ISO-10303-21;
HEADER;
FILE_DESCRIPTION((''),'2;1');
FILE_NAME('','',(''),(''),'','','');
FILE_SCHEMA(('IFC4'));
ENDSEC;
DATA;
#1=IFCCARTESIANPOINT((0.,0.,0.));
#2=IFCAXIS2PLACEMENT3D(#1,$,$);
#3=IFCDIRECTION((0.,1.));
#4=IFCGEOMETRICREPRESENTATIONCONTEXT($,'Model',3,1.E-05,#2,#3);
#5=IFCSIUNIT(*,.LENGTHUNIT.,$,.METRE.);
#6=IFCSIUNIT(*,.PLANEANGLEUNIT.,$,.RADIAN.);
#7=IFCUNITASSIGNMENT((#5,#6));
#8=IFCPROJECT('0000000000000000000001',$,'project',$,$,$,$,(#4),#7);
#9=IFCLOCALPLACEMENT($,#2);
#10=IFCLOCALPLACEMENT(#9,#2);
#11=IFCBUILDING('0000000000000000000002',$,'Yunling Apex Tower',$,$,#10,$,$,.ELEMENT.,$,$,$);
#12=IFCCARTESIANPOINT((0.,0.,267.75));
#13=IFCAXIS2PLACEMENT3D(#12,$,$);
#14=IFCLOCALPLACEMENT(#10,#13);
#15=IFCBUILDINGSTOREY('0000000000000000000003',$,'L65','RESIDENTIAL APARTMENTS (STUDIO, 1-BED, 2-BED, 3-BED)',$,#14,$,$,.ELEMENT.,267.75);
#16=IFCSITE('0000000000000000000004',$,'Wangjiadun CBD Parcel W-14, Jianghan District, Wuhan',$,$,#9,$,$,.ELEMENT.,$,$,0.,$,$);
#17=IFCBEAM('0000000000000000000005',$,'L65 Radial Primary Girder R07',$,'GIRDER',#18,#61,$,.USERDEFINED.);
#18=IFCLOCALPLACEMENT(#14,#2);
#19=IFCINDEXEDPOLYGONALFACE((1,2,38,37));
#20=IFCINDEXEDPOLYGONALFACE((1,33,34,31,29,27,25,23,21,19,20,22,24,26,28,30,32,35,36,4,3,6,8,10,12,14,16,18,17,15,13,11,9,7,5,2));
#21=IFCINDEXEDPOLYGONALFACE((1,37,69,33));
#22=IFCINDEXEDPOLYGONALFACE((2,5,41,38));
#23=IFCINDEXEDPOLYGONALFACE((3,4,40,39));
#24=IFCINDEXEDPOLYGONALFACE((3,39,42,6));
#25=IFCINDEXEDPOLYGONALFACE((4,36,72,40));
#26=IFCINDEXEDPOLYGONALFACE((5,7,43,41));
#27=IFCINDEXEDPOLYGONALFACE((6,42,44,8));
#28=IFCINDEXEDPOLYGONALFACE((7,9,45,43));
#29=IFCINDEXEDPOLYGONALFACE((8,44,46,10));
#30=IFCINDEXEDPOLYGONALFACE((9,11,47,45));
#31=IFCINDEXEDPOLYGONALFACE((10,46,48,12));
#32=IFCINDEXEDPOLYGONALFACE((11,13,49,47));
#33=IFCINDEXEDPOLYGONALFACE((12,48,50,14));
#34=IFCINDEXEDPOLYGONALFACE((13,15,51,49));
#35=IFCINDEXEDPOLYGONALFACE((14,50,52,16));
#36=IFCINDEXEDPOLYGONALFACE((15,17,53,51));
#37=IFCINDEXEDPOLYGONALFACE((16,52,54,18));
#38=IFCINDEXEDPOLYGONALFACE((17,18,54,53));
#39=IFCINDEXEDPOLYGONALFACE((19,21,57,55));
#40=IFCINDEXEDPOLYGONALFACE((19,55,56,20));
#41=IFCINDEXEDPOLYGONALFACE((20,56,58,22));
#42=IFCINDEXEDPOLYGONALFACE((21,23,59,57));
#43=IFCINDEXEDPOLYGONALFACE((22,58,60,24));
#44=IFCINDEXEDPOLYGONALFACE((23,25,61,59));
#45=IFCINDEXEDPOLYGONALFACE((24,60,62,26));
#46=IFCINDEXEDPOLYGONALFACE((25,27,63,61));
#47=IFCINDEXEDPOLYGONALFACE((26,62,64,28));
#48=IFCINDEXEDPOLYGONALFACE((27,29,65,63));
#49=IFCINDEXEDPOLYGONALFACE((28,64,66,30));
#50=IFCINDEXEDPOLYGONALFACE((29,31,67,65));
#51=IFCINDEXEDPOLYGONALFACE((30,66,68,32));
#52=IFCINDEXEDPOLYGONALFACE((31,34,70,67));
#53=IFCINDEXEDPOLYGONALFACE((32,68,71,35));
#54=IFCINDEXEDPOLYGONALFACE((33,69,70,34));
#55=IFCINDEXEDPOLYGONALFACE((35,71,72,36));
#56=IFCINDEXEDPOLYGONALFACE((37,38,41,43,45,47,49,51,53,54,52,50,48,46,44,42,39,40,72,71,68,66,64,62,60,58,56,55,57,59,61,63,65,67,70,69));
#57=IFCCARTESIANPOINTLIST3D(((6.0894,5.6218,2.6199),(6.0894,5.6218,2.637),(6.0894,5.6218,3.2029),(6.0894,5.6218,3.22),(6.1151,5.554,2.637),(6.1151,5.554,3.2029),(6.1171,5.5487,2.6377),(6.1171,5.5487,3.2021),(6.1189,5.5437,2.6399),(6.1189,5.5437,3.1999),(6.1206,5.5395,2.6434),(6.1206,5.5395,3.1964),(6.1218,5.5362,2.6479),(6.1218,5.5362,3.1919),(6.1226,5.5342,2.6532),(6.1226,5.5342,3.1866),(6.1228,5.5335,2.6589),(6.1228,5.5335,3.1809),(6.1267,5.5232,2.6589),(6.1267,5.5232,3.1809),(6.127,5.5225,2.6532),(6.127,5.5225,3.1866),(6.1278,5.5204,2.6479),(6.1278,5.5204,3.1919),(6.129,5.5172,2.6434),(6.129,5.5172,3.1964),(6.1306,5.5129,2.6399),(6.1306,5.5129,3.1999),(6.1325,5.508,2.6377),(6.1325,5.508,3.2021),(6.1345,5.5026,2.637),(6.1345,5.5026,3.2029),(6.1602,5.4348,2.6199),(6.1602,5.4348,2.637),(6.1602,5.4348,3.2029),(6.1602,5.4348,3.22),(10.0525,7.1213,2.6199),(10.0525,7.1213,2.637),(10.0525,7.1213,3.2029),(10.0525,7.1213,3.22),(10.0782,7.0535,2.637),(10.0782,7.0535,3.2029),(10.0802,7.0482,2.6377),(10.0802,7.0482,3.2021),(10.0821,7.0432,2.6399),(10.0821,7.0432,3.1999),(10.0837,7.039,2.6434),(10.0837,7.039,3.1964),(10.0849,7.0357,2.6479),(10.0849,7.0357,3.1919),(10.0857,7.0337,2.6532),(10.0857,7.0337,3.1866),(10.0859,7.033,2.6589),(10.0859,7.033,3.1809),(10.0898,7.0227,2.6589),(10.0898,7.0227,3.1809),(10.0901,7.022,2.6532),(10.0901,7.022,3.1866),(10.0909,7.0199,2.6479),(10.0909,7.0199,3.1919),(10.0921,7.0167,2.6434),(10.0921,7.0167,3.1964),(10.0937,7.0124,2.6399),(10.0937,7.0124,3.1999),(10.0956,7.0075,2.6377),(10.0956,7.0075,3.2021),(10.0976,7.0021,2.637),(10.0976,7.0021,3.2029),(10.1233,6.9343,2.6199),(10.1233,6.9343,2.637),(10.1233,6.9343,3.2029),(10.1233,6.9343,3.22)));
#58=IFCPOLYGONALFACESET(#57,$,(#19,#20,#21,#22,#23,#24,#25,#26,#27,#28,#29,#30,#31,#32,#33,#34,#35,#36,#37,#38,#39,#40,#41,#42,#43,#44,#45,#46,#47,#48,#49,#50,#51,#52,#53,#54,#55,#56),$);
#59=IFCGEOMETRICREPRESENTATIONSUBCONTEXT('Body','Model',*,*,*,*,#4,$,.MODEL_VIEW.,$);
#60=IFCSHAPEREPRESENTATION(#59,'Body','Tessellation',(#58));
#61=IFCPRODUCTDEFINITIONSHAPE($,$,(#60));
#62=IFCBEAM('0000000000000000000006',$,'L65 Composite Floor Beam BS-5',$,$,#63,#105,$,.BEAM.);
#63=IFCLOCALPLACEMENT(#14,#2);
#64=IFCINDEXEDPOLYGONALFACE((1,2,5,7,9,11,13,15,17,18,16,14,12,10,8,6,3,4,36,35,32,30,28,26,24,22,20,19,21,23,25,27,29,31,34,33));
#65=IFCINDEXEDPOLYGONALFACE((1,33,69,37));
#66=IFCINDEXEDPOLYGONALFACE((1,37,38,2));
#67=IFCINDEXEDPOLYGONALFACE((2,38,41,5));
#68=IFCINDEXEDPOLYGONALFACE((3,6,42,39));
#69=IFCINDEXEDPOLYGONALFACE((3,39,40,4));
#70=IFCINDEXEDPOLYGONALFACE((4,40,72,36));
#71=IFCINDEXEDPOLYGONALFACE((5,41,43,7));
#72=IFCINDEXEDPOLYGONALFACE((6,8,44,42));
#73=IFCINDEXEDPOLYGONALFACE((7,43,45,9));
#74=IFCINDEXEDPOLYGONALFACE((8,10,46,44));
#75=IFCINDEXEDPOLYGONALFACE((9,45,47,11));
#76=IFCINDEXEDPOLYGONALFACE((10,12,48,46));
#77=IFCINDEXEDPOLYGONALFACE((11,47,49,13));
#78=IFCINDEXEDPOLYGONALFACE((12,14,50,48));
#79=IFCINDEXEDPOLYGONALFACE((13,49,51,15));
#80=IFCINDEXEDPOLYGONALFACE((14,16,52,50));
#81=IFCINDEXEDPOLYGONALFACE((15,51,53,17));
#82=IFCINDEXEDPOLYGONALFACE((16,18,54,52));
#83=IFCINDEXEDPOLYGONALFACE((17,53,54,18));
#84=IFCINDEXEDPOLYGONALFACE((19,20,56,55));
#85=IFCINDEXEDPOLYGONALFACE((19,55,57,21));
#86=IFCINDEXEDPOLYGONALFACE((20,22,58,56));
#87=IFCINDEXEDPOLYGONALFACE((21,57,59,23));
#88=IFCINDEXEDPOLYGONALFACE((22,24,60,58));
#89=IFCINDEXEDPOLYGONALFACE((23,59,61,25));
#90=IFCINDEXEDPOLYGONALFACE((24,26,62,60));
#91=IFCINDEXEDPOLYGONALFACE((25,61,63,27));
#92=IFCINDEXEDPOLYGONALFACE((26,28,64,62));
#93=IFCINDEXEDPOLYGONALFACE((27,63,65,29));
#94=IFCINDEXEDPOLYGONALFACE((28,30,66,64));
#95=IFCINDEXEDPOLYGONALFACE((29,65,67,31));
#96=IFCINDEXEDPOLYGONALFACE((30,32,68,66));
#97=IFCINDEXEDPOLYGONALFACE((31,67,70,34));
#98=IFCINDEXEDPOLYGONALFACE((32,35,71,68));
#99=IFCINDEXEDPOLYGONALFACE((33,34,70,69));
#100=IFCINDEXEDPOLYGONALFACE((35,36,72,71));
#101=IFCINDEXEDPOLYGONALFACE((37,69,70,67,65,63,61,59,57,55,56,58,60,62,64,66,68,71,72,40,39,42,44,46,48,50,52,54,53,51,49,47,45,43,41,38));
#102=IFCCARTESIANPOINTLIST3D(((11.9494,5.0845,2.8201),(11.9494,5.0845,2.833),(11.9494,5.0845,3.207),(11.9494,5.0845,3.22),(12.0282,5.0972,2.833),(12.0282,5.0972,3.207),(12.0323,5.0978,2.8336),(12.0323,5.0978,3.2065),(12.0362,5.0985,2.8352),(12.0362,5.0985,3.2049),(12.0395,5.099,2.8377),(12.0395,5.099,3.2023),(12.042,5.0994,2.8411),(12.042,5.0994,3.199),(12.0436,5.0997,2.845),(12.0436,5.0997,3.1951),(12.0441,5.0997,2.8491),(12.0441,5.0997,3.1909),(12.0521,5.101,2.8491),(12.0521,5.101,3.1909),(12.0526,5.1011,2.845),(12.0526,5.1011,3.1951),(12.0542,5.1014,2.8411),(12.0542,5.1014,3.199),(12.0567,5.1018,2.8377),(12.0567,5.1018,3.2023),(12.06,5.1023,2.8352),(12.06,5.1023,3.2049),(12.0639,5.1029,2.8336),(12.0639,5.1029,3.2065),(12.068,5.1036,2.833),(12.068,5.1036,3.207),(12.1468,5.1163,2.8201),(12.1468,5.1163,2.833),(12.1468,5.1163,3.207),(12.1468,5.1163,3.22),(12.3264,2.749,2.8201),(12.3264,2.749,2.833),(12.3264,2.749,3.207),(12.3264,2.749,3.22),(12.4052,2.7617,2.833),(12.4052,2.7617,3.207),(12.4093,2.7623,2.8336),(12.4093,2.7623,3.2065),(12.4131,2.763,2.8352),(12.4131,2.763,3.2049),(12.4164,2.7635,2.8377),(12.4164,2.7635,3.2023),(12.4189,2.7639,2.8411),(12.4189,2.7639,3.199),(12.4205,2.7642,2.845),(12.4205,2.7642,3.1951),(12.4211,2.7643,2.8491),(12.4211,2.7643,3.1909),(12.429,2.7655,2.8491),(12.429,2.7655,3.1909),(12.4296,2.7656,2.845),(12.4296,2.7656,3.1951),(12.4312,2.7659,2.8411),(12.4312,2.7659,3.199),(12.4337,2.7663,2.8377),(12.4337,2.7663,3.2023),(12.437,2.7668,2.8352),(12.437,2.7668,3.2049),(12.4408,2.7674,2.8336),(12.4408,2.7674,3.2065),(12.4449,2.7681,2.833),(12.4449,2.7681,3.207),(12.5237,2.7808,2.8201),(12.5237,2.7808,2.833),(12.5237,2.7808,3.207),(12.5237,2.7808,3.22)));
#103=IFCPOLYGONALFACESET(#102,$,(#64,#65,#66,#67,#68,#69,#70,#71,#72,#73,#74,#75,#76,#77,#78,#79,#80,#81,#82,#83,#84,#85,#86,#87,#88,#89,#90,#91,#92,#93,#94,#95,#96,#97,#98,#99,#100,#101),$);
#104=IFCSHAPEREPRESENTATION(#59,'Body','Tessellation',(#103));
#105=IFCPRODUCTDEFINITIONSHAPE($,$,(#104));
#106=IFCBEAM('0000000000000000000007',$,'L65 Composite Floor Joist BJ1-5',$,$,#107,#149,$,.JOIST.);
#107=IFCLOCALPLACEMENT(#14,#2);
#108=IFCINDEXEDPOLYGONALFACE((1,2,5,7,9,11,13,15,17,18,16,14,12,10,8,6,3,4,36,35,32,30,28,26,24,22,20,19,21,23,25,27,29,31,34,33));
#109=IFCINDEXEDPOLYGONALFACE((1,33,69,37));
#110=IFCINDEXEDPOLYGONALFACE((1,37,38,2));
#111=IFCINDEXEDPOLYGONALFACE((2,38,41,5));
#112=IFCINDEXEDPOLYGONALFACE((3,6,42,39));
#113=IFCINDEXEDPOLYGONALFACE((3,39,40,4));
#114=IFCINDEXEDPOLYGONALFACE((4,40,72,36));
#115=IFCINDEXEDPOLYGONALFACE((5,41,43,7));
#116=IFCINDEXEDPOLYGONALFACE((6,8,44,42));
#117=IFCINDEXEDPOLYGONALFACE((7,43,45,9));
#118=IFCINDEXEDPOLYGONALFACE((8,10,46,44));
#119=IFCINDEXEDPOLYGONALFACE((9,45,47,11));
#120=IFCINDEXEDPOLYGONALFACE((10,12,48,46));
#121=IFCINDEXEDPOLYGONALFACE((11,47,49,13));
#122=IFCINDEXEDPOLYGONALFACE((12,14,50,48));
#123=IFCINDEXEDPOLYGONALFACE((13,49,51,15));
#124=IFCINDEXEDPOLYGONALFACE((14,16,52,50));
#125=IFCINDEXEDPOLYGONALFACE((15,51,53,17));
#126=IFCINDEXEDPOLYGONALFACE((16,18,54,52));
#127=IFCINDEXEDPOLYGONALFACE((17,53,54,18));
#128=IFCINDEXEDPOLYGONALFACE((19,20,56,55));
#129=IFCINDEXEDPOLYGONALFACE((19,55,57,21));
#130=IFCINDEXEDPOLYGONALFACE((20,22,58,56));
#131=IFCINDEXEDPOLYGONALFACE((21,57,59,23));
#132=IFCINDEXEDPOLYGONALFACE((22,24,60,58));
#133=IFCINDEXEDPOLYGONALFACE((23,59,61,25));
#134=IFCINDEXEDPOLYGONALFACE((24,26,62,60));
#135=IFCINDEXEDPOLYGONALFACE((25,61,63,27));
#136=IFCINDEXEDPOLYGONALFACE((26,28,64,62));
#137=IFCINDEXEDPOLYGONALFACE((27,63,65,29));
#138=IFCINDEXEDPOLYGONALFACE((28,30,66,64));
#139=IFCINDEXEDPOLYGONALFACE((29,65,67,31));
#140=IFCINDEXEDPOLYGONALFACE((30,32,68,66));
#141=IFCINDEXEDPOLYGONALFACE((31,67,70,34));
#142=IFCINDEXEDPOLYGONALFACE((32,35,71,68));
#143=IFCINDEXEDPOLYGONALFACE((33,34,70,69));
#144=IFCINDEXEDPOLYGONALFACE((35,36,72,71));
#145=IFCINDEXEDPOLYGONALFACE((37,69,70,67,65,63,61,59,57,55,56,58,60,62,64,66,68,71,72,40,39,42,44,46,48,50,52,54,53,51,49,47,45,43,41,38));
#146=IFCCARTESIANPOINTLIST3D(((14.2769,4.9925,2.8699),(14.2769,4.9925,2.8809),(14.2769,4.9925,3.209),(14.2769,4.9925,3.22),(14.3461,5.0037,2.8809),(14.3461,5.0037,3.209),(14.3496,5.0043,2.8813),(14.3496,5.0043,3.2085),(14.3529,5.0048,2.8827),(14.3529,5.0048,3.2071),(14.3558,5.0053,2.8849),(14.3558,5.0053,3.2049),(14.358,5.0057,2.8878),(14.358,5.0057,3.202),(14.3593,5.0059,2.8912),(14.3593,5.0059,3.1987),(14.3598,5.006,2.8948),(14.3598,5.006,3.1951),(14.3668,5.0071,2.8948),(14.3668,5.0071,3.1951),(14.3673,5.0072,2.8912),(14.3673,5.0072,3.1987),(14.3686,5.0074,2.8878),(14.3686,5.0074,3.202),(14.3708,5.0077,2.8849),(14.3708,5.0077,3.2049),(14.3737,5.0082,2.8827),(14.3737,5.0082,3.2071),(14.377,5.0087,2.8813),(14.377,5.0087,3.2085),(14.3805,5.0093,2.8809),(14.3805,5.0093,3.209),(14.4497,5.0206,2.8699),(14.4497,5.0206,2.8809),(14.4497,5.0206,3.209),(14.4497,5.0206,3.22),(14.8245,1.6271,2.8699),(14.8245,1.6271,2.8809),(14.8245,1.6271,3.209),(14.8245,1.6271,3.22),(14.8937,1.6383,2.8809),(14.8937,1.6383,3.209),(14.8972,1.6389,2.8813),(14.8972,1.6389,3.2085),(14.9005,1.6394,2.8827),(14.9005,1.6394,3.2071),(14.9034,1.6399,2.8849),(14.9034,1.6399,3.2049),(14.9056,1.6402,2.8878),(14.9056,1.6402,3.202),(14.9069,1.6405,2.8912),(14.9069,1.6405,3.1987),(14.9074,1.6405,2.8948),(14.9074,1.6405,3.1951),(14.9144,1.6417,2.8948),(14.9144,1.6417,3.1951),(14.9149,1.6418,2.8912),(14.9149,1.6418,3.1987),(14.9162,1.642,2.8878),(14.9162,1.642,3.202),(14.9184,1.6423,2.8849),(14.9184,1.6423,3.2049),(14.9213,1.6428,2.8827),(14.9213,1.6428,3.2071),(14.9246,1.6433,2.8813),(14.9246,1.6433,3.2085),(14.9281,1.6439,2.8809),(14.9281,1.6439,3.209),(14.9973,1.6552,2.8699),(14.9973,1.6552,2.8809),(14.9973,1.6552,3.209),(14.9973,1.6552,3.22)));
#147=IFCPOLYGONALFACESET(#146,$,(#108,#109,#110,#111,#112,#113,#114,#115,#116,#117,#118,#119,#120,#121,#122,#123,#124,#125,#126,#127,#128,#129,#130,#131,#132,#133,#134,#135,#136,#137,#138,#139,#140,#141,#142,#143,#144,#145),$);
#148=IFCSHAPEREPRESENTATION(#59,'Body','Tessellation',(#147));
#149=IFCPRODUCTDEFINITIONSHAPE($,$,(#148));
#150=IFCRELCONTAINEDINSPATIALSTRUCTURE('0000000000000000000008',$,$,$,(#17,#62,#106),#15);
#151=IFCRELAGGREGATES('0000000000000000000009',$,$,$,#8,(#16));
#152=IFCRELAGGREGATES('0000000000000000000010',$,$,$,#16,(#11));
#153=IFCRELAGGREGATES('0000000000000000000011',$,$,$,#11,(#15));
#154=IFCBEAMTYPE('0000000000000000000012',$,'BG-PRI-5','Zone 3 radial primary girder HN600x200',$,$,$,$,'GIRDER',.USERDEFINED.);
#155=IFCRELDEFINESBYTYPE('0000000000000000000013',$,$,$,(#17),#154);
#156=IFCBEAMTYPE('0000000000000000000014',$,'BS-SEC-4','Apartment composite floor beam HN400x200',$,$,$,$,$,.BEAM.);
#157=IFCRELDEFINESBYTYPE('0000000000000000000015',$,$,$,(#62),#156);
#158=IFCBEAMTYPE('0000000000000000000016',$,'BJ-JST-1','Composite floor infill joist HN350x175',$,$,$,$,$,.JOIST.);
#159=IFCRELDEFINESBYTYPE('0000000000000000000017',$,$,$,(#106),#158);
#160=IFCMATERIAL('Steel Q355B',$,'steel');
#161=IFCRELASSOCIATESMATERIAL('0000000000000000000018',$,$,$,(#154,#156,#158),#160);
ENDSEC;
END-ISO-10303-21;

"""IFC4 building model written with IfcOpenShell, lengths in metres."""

from ifc_helpers import new_model, si_unit, direction, frame, origin, origin_2d, place, context, subcontext, project, spatial, i_section, extrude, source, transform, mapped, material, material_profile, profile_set, type_object, element, save


model = new_model("IFC4")

# Units and contexts
model_context = context("Model", 3, precision=1e-05, world=origin(), true_north=direction((0.0, 1.0)))
body_context = subcontext(model_context, "Body", "Model", "MODEL_VIEW")
ifc_project = project(units=[si_unit("LENGTHUNIT", "METRE"), si_unit("PLANEANGLEUNIT", "RADIAN")], contexts=[model_context])

# Site, building, storey
site_placement = place(None, origin())
site = spatial("IfcSite", under=ifc_project, at=site_placement, Name="Wangjiadun CBD Parcel W-14, Jianghan District, Wuhan", CompositionType="ELEMENT", RefElevation=0.0)
building_placement = place(site_placement, origin())
building = spatial("IfcBuilding", under=site, at=building_placement, Name="Yunling Apex Tower", CompositionType="ELEMENT")
storey_placement = place(building_placement, frame((0.0, 0.0, 267.75)))
storey = spatial("IfcBuildingStorey", under=building, at=storey_placement, Name="L65", Description="RESIDENTIAL APARTMENTS (STUDIO, 1-BED, 2-BED, 3-BED)", CompositionType="ELEMENT", Elevation=267.75)

# Shared definitions
ifc_material_1 = material(Name="Steel Q355B", Category="steel")

# Beams
ifc_material_profile_1 = material_profile(ifc_material_1, i_section(OverallWidth=0.2, OverallDepth=0.6001, WebThickness=0.011, FlangeThickness=0.0171, FilletRadius=0.022, at=origin_2d()))
ifc_profile_set_1 = profile_set([ifc_material_profile_1], Name="Steel Q355B")
beam_type_1 = type_object("IfcBeamType", Name="BG-PRI-5", Description="Zone 3 radial primary girder HN600x200", ElementType="GIRDER", PredefinedType="USERDEFINED", material=ifc_profile_set_1)
shared_shape_1 = source(origin(), body_context, "Body", "SweptSolid", [
    extrude(i_section(OverallWidth=0.2, OverallDepth=0.6001, WebThickness=0.011, FlangeThickness=0.0171, FilletRadius=0.022, at=origin_2d()), origin(), (0.0, 0.0, 1.0), 4.2373),
])
beam_1_placement = place(storey_placement, frame((10.0879, 7.0278, 2.9199), z_axis=(-0.93529, -0.353881, 0.0), x_axis=(0.353881, -0.93529, 0.0)))
element("IfcBeam", 1, at=beam_1_placement, inside=storey, type_object=beam_type_1, Name="L65 Radial Primary Girder R07", ObjectType="GIRDER", PredefinedType="USERDEFINED", context=body_context, shape_type="MappedRepresentation", body=[
    mapped(shared_shape_1, transform((0.0, 0.0, 0.0), scale=1.0)),
])
ifc_material_profile_2 = material_profile(ifc_material_1, i_section(OverallWidth=0.2, OverallDepth=0.3999, WebThickness=0.0081, FlangeThickness=0.0129, FilletRadius=0.0161, at=origin_2d()))
ifc_profile_set_2 = profile_set([ifc_material_profile_2], Name="Steel Q355B")
beam_type_2 = type_object("IfcBeamType", Name="BS-SEC-4", Description="Apartment composite floor beam HN400x200", PredefinedType="BEAM", material=ifc_profile_set_2)
shared_shape_2 = source(origin(), body_context, "Body", "SweptSolid", [
    extrude(i_section(OverallWidth=0.2, OverallDepth=0.3999, WebThickness=0.0081, FlangeThickness=0.0129, FilletRadius=0.0161, at=origin_2d()), origin(), (0.0, 0.0, 1.0), 2.3657),
])
beam_2_placement = place(storey_placement, frame((12.425, 2.7649, 3.02), z_axis=(-0.159343, 0.987223, 0.0), x_axis=(-0.987223, -0.159343, 0.0)))
element("IfcBeam", 2, at=beam_2_placement, inside=storey, type_object=beam_type_2, Name="L65 Composite Floor Beam BS-5", PredefinedType="BEAM", context=body_context, shape_type="MappedRepresentation", body=[
    mapped(shared_shape_2, transform((0.0, 0.0, 0.0), scale=1.0)),
])
ifc_material_profile_3 = material_profile(ifc_material_1, i_section(OverallWidth=0.175, OverallDepth=0.3501, WebThickness=0.0071, FlangeThickness=0.011, FilletRadius=0.0139, at=origin_2d()))
ifc_profile_set_3 = profile_set([ifc_material_profile_3], Name="Steel Q355B")
beam_type_3 = type_object("IfcBeamType", Name="BJ-JST-1", Description="Composite floor infill joist HN350x175", PredefinedType="JOIST", material=ifc_profile_set_3)
shared_shape_3 = source(origin(), body_context, "Body", "SweptSolid", [
    extrude(i_section(OverallWidth=0.175, OverallDepth=0.3501, WebThickness=0.0071, FlangeThickness=0.011, FilletRadius=0.0139, at=origin_2d()), origin(), (0.0, 0.0, 1.0), 3.4097),
])
beam_3_placement = place(storey_placement, frame((14.9109, 1.6411, 3.0449), z_axis=(-0.160601, 0.987019, 0.0), x_axis=(-0.987019, -0.160601, 0.0)))
element("IfcBeam", 3, at=beam_3_placement, inside=storey, type_object=beam_type_3, Name="L65 Composite Floor Joist BJ1-5", PredefinedType="JOIST", context=body_context, shape_type="MappedRepresentation", body=[
    mapped(shared_shape_3, transform((0.0, 0.0, 0.0), scale=1.0)),
])

save(model, "model.ifc")
